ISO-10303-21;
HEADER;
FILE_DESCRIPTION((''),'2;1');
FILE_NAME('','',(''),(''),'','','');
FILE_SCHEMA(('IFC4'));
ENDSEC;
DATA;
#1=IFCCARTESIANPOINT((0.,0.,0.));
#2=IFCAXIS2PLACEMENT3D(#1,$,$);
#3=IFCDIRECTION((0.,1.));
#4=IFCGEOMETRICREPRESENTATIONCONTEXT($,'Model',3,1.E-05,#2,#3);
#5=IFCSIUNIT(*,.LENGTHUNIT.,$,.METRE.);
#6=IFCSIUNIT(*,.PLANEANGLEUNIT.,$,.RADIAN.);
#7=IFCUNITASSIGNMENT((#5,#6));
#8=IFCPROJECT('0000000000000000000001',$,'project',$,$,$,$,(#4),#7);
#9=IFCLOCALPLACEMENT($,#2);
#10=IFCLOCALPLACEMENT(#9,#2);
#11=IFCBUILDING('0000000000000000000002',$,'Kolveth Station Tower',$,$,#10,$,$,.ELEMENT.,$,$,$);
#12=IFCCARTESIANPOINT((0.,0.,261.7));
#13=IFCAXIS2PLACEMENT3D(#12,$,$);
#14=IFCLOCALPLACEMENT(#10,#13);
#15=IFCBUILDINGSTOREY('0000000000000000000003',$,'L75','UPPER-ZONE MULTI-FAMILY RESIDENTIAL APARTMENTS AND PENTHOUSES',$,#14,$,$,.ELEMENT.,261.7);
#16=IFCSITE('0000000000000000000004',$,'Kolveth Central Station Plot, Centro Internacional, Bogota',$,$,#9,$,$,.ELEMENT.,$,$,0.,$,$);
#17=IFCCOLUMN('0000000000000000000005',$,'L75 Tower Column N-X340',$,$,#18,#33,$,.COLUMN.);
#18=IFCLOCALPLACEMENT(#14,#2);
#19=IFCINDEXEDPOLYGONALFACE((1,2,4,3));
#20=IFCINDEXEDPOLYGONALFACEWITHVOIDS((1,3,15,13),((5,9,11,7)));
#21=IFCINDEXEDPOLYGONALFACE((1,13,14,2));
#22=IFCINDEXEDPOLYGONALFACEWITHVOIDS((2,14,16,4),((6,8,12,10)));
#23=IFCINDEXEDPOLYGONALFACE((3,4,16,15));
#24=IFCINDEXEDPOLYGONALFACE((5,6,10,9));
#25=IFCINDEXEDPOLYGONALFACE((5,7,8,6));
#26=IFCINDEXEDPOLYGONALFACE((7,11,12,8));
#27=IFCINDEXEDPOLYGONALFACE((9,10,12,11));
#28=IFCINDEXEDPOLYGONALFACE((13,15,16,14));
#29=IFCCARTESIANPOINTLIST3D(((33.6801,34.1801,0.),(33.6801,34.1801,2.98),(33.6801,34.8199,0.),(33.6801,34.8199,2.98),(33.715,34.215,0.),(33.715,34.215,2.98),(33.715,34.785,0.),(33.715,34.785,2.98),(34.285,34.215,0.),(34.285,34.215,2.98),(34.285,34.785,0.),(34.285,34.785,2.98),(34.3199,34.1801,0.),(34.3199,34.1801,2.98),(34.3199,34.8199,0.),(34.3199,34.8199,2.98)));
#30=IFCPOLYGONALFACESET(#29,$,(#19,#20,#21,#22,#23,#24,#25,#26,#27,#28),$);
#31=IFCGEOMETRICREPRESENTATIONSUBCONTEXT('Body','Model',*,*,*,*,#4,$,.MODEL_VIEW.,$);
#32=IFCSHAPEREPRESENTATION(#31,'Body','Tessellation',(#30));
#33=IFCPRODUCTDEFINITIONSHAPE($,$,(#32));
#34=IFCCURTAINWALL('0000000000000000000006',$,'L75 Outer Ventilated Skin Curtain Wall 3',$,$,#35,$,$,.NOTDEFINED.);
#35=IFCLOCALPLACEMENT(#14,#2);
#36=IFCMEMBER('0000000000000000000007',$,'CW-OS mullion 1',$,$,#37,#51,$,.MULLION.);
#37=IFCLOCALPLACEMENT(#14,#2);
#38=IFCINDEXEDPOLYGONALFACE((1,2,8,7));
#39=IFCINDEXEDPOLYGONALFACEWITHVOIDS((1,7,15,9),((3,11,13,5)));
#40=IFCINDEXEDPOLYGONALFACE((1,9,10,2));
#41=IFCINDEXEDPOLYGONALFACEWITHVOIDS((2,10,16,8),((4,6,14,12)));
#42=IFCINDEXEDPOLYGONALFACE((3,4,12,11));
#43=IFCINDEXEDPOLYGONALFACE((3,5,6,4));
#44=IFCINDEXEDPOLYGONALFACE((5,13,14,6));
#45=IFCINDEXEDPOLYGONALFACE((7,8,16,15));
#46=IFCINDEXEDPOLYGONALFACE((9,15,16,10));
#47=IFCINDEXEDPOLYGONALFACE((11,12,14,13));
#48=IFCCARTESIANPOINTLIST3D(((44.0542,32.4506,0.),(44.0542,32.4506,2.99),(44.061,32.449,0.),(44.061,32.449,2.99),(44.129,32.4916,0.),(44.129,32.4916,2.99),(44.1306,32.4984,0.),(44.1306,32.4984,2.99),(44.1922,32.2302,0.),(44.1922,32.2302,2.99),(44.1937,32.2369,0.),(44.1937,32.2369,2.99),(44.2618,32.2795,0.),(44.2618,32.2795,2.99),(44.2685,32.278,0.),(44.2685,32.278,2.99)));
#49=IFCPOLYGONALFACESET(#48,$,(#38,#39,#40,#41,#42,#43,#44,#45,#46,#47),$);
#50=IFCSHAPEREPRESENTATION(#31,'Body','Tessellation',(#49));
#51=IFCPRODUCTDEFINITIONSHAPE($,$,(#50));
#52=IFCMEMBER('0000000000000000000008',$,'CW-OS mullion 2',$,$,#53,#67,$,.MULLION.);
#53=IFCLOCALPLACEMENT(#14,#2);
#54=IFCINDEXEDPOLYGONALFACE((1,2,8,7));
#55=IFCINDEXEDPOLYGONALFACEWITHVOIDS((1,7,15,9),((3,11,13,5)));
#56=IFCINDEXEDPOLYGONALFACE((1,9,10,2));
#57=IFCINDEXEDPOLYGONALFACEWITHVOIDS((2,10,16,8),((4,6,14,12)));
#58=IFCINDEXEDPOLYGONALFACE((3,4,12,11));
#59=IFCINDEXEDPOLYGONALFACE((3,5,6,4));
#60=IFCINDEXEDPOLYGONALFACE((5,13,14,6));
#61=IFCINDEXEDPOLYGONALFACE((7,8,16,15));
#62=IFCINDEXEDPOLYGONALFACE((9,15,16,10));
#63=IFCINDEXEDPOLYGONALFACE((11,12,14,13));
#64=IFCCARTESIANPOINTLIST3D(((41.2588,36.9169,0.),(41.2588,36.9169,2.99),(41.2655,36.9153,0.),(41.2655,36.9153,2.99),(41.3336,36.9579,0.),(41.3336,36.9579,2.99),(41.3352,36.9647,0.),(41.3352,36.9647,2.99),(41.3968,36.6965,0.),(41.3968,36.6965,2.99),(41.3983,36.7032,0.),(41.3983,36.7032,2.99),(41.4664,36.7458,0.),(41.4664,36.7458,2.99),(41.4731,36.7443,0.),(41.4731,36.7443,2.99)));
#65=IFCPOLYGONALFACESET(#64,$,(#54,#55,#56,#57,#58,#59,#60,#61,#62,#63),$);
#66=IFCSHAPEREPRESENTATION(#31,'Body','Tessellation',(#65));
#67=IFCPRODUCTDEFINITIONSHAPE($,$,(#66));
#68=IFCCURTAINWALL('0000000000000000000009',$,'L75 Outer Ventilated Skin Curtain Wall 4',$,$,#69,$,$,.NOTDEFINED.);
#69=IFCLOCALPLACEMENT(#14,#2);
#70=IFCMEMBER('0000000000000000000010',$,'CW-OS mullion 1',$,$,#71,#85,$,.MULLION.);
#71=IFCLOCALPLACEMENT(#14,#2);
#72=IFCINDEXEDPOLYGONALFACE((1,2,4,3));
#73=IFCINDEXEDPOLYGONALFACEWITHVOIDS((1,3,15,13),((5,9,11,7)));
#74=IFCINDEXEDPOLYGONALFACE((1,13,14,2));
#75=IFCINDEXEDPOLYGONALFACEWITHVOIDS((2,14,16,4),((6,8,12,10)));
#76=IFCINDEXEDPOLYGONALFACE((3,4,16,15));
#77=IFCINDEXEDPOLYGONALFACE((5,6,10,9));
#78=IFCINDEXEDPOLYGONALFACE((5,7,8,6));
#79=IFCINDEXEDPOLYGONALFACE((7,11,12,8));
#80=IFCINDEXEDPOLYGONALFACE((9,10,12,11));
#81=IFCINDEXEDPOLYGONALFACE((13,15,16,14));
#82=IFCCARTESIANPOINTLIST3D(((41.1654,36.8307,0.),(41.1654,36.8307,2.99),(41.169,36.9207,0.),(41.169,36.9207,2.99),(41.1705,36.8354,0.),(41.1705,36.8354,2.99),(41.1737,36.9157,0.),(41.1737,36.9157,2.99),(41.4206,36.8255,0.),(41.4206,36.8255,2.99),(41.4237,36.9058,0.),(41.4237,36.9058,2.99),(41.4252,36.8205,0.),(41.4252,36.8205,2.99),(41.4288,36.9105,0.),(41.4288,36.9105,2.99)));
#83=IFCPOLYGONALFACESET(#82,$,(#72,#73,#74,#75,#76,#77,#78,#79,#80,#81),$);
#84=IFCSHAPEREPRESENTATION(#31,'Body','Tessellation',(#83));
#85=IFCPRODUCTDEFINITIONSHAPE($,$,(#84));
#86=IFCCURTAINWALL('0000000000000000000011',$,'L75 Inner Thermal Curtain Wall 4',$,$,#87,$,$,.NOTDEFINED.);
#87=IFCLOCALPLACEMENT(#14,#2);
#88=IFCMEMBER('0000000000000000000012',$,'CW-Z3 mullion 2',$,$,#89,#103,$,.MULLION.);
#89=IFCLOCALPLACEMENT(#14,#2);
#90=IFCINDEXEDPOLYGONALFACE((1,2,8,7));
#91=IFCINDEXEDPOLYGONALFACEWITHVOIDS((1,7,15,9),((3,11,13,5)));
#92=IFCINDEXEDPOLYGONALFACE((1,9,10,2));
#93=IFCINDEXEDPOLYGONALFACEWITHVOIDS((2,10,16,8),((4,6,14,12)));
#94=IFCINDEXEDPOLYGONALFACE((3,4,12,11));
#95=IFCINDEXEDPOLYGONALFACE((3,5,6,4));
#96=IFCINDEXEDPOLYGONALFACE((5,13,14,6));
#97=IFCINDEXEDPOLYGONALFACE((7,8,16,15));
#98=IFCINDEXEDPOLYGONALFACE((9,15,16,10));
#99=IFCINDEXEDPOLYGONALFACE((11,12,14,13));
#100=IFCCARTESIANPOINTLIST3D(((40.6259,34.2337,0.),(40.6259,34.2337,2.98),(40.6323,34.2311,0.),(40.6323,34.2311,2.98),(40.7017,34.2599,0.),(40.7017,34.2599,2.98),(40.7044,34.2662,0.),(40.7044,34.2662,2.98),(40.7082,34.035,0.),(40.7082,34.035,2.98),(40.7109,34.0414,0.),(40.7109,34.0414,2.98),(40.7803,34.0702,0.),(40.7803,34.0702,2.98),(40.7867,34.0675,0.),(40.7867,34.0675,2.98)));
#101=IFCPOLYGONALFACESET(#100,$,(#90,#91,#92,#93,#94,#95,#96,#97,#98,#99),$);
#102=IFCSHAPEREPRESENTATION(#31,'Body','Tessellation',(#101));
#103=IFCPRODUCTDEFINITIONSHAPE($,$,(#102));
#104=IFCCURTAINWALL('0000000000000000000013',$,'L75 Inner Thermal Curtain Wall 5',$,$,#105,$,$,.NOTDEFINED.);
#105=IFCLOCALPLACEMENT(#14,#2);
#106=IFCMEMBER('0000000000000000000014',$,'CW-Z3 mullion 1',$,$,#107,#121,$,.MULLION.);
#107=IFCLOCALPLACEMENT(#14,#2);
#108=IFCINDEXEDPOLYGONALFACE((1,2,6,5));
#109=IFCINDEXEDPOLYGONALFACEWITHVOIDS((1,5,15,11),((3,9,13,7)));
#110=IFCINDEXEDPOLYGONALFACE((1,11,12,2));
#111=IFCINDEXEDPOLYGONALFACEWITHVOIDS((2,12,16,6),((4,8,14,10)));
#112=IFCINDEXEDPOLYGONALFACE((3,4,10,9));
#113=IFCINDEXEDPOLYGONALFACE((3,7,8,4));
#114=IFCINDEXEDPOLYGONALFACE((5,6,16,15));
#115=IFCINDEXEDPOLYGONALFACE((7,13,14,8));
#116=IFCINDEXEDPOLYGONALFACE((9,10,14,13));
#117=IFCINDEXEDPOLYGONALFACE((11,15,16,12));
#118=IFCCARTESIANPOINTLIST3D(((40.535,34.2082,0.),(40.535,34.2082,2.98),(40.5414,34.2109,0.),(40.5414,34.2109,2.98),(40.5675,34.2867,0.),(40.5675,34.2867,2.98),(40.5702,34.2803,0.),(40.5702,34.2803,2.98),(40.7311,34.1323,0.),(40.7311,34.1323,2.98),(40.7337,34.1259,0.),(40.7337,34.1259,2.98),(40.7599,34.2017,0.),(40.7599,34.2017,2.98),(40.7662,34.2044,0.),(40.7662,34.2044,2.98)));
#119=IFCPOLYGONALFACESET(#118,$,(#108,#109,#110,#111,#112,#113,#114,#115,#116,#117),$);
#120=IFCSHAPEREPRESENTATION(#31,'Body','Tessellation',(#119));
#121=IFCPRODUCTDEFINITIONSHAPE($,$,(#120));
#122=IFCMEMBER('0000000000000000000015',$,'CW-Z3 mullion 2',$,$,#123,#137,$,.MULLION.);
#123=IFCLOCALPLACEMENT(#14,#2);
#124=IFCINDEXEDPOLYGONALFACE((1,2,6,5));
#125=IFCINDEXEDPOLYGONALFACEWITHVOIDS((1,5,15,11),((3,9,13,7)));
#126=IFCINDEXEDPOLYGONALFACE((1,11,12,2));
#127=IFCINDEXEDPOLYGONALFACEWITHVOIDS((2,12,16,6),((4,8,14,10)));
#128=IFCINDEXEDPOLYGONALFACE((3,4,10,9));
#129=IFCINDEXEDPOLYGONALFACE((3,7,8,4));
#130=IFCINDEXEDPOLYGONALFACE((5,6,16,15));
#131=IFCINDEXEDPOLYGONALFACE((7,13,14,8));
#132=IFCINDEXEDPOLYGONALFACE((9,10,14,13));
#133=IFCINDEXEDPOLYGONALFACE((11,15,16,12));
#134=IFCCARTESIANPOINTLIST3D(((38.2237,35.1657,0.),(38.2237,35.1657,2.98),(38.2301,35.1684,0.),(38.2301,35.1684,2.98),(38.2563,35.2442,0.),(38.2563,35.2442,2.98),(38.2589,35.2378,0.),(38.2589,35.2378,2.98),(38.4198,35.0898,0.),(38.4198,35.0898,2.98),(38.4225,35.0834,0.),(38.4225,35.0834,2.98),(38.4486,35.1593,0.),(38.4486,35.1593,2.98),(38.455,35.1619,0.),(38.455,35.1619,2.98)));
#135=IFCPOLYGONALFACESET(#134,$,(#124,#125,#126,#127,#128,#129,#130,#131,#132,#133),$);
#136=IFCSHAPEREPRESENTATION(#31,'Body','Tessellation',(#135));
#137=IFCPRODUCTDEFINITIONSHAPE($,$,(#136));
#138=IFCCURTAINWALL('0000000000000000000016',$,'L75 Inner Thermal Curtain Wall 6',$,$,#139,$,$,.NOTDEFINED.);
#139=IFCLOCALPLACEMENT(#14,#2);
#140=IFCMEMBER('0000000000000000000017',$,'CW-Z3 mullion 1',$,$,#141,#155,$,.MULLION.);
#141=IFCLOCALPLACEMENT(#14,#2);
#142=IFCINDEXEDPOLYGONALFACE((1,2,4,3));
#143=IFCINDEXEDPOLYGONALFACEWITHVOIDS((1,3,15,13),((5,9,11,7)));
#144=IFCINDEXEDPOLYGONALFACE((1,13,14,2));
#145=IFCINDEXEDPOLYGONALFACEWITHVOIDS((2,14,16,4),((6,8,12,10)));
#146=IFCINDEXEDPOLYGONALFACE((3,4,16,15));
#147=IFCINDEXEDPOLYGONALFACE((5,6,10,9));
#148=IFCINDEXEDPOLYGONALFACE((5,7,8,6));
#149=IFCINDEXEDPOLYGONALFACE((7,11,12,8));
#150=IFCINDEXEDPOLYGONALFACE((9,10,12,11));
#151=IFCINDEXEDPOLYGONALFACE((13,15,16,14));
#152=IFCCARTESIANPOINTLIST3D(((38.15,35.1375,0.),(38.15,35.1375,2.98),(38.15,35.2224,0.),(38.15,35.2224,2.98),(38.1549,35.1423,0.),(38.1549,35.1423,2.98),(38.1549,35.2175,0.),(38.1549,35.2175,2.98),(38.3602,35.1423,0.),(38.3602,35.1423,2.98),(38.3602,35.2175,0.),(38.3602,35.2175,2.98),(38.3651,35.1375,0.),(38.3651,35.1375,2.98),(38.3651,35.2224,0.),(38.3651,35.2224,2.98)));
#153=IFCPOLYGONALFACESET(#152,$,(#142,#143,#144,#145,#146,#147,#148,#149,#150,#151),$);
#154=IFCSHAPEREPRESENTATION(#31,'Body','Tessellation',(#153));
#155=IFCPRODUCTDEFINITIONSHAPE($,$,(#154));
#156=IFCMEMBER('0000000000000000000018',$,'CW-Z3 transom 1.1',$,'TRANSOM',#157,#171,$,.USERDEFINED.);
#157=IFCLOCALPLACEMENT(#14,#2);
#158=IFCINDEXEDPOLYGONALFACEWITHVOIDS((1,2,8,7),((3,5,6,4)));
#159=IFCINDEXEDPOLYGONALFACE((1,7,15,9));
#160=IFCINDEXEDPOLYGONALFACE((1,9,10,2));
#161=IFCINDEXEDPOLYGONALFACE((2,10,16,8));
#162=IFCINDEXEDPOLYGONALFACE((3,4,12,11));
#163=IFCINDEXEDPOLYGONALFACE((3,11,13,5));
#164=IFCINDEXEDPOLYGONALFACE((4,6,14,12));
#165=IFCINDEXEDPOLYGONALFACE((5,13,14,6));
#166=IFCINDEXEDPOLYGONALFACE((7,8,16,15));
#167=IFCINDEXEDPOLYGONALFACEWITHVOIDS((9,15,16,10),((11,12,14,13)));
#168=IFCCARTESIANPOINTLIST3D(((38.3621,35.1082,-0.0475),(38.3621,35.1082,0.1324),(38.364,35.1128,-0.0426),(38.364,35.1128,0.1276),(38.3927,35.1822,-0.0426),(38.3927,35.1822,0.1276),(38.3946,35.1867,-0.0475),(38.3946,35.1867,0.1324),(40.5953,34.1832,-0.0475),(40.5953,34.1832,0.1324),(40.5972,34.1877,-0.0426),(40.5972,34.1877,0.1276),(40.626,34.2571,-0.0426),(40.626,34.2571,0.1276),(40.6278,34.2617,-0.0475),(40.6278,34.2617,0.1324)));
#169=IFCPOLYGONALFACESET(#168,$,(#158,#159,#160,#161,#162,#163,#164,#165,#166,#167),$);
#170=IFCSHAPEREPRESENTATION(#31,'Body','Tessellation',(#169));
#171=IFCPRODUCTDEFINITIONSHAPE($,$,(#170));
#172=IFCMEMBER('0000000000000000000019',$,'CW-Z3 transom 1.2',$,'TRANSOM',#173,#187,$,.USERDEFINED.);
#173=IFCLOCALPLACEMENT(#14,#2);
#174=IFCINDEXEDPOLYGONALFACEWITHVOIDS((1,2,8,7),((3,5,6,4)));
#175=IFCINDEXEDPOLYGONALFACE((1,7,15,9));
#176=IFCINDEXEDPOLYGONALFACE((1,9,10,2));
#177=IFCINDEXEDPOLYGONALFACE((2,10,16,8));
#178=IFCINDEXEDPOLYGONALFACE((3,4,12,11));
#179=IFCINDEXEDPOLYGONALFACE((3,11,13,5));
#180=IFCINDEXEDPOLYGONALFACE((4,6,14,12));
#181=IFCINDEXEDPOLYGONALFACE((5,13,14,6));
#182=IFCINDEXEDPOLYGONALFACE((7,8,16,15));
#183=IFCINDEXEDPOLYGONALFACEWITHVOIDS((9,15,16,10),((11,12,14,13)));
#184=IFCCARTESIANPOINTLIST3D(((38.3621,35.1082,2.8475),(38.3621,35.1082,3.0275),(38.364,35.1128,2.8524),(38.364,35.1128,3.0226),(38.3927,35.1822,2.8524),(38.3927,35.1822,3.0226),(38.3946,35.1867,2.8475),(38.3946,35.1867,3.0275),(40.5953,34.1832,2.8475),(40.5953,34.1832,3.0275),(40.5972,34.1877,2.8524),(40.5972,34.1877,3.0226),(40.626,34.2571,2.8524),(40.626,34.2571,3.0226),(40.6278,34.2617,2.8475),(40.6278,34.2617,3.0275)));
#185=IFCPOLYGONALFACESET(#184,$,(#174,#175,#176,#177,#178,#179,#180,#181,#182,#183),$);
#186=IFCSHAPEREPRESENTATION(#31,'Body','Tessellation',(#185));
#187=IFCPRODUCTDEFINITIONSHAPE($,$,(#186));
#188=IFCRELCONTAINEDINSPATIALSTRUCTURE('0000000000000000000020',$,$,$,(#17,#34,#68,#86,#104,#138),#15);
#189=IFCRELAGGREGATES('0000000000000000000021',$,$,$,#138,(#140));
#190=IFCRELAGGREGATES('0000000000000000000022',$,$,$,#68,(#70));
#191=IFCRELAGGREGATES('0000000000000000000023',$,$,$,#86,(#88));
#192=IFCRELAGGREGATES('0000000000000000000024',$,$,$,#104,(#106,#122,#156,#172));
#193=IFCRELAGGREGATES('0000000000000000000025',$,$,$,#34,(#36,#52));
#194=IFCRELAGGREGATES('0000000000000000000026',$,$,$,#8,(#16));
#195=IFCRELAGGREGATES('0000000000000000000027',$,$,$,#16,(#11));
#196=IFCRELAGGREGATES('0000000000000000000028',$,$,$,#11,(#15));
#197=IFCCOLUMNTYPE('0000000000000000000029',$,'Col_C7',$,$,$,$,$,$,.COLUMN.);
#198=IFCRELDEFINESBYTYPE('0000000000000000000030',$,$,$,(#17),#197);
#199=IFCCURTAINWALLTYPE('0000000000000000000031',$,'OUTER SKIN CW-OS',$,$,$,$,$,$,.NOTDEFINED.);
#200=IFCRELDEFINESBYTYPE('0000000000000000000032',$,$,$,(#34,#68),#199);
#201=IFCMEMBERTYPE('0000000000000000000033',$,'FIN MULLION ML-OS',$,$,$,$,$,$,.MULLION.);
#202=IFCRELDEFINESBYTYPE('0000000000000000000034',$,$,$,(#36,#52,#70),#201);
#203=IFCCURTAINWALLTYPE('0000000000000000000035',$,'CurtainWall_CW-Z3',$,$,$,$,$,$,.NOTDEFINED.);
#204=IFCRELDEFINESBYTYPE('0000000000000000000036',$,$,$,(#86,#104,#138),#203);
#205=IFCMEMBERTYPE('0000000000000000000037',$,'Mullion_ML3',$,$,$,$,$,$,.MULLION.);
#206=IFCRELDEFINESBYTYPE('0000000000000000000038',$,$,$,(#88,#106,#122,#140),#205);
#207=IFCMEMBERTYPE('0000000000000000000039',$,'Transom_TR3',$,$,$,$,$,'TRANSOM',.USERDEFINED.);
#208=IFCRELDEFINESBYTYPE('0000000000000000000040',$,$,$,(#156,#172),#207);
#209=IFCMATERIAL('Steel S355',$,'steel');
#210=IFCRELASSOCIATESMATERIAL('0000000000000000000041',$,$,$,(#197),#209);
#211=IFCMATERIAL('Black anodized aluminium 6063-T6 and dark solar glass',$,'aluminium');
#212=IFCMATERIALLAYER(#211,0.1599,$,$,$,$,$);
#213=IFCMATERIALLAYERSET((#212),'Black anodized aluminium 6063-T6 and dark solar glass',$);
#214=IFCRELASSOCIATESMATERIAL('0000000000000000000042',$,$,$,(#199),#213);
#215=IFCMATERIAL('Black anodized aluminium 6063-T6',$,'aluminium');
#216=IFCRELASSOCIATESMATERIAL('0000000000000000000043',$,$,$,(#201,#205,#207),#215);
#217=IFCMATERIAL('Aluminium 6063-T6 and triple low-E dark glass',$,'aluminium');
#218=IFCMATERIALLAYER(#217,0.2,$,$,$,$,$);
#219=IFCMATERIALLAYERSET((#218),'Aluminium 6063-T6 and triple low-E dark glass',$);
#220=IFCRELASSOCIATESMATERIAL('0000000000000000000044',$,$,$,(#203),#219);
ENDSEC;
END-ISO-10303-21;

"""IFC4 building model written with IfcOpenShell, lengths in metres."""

from ifc_helpers import new_model, si_unit, direction, frame, origin, origin_2d, place, context, subcontext, project, spatial, hollow_rectangle, extrude, source, transform, mapped, material, layer, layer_set, material_profile, profile_set, type_object, element, aggregate, save


model = new_model("IFC4")

# Units and contexts
model_context = context("Model", 3, precision=1e-05, world=origin(), true_north=direction((0.0, 1.0)))
body_context = subcontext(model_context, "Body", "Model", "MODEL_VIEW")
ifc_project = project(units=[si_unit("LENGTHUNIT", "METRE"), si_unit("PLANEANGLEUNIT", "RADIAN")], contexts=[model_context])

# Site, building, storey
site_placement = place(None, origin())
site = spatial("IfcSite", under=ifc_project, at=site_placement, Name="Kolveth Central Station Plot, Centro Internacional, Bogota", CompositionType="ELEMENT", RefElevation=0.0)
building_placement = place(site_placement, origin())
building = spatial("IfcBuilding", under=site, at=building_placement, Name="Kolveth Station Tower", CompositionType="ELEMENT")
storey_placement = place(building_placement, frame((0.0, 0.0, 261.7)))
storey = spatial("IfcBuildingStorey", under=building, at=storey_placement, Name="L75", Description="UPPER-ZONE MULTI-FAMILY RESIDENTIAL APARTMENTS AND PENTHOUSES", CompositionType="ELEMENT", Elevation=261.7)

# Column
ifc_material_1 = material(Name="Steel S355", Category="steel")
ifc_material_profile_1 = material_profile(ifc_material_1, hollow_rectangle(XDim=0.6399, YDim=0.6399, WallThickness=0.0349, at=origin_2d()), Name="BOX640x640x35")
ifc_profile_set_1 = profile_set([ifc_material_profile_1], Name="Steel S355")
column_type = type_object("IfcColumnType", Name="Col_C7", PredefinedType="COLUMN", material=ifc_profile_set_1)
shared_shape_1 = source(origin(), body_context, "Body", "SweptSolid", [
    extrude(hollow_rectangle(XDim=0.6399, YDim=0.6399, WallThickness=0.0349, at=origin_2d()), origin(), (0.0, 0.0, 1.0), 2.98),
])
column_placement = place(storey_placement, frame((34.0, 34.5, 0.0), z_axis=(0.0, 0.0, 1.0), x_axis=(1.0, 0.0, 0.0)))
element("IfcColumn", 1, at=column_placement, inside=storey, type_object=column_type, Name="L75 Tower Column N-X340", PredefinedType="COLUMN", context=body_context, shape_type="MappedRepresentation", body=[
    mapped(shared_shape_1, transform((0.0, 0.0, 0.0), x_axis=(1.0, 0.0, 0.0), y_axis=(0.0, 1.0, 0.0), z_axis=(0.0, 0.0, 1.0), scale=1.0)),
])

# Curtain wall, members
ifc_material_2 = material(Name="Black anodized aluminium 6063-T6 and dark solar glass", Category="aluminium")
ifc_layer_1 = layer(ifc_material_2, 0.1599)
ifc_layer_set_1 = layer_set([ifc_layer_1], Name="Black anodized aluminium 6063-T6 and dark solar glass")
curtain_wall_type_1 = type_object("IfcCurtainWallType", Name="OUTER SKIN CW-OS", PredefinedType="NOTDEFINED", material=ifc_layer_set_1)
curtain_wall_1_placement = place(storey_placement, origin())
curtain_wall_1 = element("IfcCurtainWall", 2, at=curtain_wall_1_placement, inside=storey, type_object=curtain_wall_type_1, Name="L75 Outer Ventilated Skin Curtain Wall 3", PredefinedType="NOTDEFINED")
ifc_material_3 = material(Name="Black anodized aluminium 6063-T6", Category="aluminium")
ifc_material_profile_2 = material_profile(ifc_material_3, hollow_rectangle(XDim=0.0901, YDim=0.26, WallThickness=0.0049, at=origin_2d()), Name="ALU-90x260x5")
ifc_profile_set_2 = profile_set([ifc_material_profile_2], Name="Black anodized aluminium 6063-T6")
member_type_1 = type_object("IfcMemberType", Name="FIN MULLION ML-OS", PredefinedType="MULLION", material=ifc_profile_set_2)
shared_shape_2 = source(origin(), body_context, "Body", "SweptSolid", [
    extrude(hollow_rectangle(XDim=0.0901, YDim=0.26, WallThickness=0.0049, at=origin_2d()), origin(), (0.0, 0.0, 1.0), 2.99),
])
member_1_placement = place(storey_placement, frame((44.1614, 32.3643, 0.0), z_axis=(0.0, 0.0, 1.0), x_axis=(-0.84767, -0.530524, 0.0)))
member_1 = element("IfcMember", 3, at=member_1_placement, type_object=member_type_1, Name="CW-OS mullion 1", PredefinedType="MULLION", context=body_context, shape_type="MappedRepresentation", body=[
    mapped(shared_shape_2, transform((0.0, 0.0, 0.0), x_axis=(1.0, 0.0, 0.0), y_axis=(0.0, 1.0, 0.0), z_axis=(0.0, 0.0, 1.0), scale=1.0)),
])
member_2_placement = place(storey_placement, frame((41.366, 36.8306, 0.0), z_axis=(0.0, 0.0, 1.0), x_axis=(-0.84767, -0.530524, 0.0)))
member_2 = element("IfcMember", 4, at=member_2_placement, type_object=member_type_1, Name="CW-OS mullion 2", PredefinedType="MULLION", context=body_context, shape_type="MappedRepresentation", body=[
    mapped(shared_shape_2, transform((0.0, 0.0, 0.0), x_axis=(1.0, 0.0, 0.0), y_axis=(0.0, 1.0, 0.0), z_axis=(0.0, 0.0, 1.0), scale=1.0)),
])

# Curtain walls, members
curtain_wall_2_placement = place(storey_placement, origin())
curtain_wall_2 = element("IfcCurtainWall", 5, at=curtain_wall_2_placement, inside=storey, type_object=curtain_wall_type_1, Name="L75 Outer Ventilated Skin Curtain Wall 4", PredefinedType="NOTDEFINED")
member_3_placement = place(storey_placement, frame((41.2971, 36.8706, 0.0), z_axis=(0.0, 0.0, 1.0), x_axis=(-0.039408, -0.999223, 0.0)))
member_3 = element("IfcMember", 6, at=member_3_placement, type_object=member_type_1, Name="CW-OS mullion 1", PredefinedType="MULLION", context=body_context, shape_type="MappedRepresentation", body=[
    mapped(shared_shape_2, transform((0.0, 0.0, 0.0), x_axis=(1.0, 0.0, 0.0), y_axis=(0.0, 1.0, 0.0), z_axis=(0.0, 0.0, 1.0), scale=1.0)),
])
ifc_material_4 = material(Name="Aluminium 6063-T6 and triple low-E dark glass", Category="aluminium")
ifc_layer_2 = layer(ifc_material_4, 0.2)
ifc_layer_set_2 = layer_set([ifc_layer_2], Name="Aluminium 6063-T6 and triple low-E dark glass")
curtain_wall_type_2 = type_object("IfcCurtainWallType", Name="CurtainWall_CW-Z3", PredefinedType="NOTDEFINED", material=ifc_layer_set_2)
curtain_wall_3_placement = place(storey_placement, origin())
curtain_wall_3 = element("IfcCurtainWall", 7, at=curtain_wall_3_placement, inside=storey, type_object=curtain_wall_type_2, Name="L75 Inner Thermal Curtain Wall 4", PredefinedType="NOTDEFINED")
ifc_material_profile_3 = material_profile(ifc_material_3, hollow_rectangle(XDim=0.085, YDim=0.2151, WallThickness=0.0049, at=origin_2d()), Name="ALU-85x215x5")
ifc_profile_set_3 = profile_set([ifc_material_profile_3], Name="Black anodized aluminium 6063-T6")
member_type_2 = type_object("IfcMemberType", Name="Mullion_ML3", PredefinedType="MULLION", material=ifc_profile_set_3)
shared_shape_3 = source(origin(), body_context, "Body", "SweptSolid", [
    extrude(hollow_rectangle(XDim=0.085, YDim=0.2151, WallThickness=0.0049, at=origin_2d()), origin(), (0.0, 0.0, 1.0), 2.98),
])
member_4_placement = place(storey_placement, frame((40.7063, 34.1506, 0.0), z_axis=(0.0, 0.0, 1.0), x_axis=(-0.923875, -0.382693, 0.0)))
member_4 = element("IfcMember", 8, at=member_4_placement, type_object=member_type_2, Name="CW-Z3 mullion 2", PredefinedType="MULLION", context=body_context, shape_type="MappedRepresentation", body=[
    mapped(shared_shape_3, transform((0.0, 0.0, 0.0), x_axis=(1.0, 0.0, 0.0), y_axis=(0.0, 1.0, 0.0), z_axis=(0.0, 0.0, 1.0), scale=1.0)),
])

# Curtain wall, members
curtain_wall_4_placement = place(storey_placement, origin())
curtain_wall_4 = element("IfcCurtainWall", 9, at=curtain_wall_4_placement, inside=storey, type_object=curtain_wall_type_2, Name="L75 Inner Thermal Curtain Wall 5", PredefinedType="NOTDEFINED")
member_5_placement = place(storey_placement, frame((40.6506, 34.2063, 0.0), z_axis=(0.0, 0.0, 1.0), x_axis=(-0.382693, -0.923875, 0.0)))
member_5 = element("IfcMember", 10, at=member_5_placement, type_object=member_type_2, Name="CW-Z3 mullion 1", PredefinedType="MULLION", context=body_context, shape_type="MappedRepresentation", body=[
    mapped(shared_shape_3, transform((0.0, 0.0, 0.0), x_axis=(1.0, 0.0, 0.0), y_axis=(0.0, 1.0, 0.0), z_axis=(0.0, 0.0, 1.0), scale=1.0)),
])
member_6_placement = place(storey_placement, frame((38.3394, 35.1638, 0.0), z_axis=(0.0, 0.0, 1.0), x_axis=(-0.382693, -0.923875, 0.0)))
member_6 = element("IfcMember", 11, at=member_6_placement, type_object=member_type_2, Name="CW-Z3 mullion 2", PredefinedType="MULLION", context=body_context, shape_type="MappedRepresentation", body=[
    mapped(shared_shape_3, transform((0.0, 0.0, 0.0), x_axis=(1.0, 0.0, 0.0), y_axis=(0.0, 1.0, 0.0), z_axis=(0.0, 0.0, 1.0), scale=1.0)),
])

# Curtain wall, member
curtain_wall_5_placement = place(storey_placement, origin())
curtain_wall_5 = element("IfcCurtainWall", 12, at=curtain_wall_5_placement, inside=storey, type_object=curtain_wall_type_2, Name="L75 Inner Thermal Curtain Wall 6", PredefinedType="NOTDEFINED")
member_7_placement = place(storey_placement, frame((38.2576, 35.1799, 0.0), z_axis=(0.0, 0.0, 1.0), x_axis=(0.0, -1.0, 0.0)))
member_7 = element("IfcMember", 13, at=member_7_placement, type_object=member_type_2, Name="CW-Z3 mullion 1", PredefinedType="MULLION", context=body_context, shape_type="MappedRepresentation", body=[
    mapped(shared_shape_3, transform((0.0, 0.0, 0.0), x_axis=(1.0, 0.0, 0.0), y_axis=(0.0, 1.0, 0.0), z_axis=(0.0, 0.0, 1.0), scale=1.0)),
])

# Members
ifc_material_profile_4 = material_profile(ifc_material_3, hollow_rectangle(XDim=0.085, YDim=0.1799, WallThickness=0.0049, at=origin_2d()), Name="ALU-85x180x5")
ifc_profile_set_4 = profile_set([ifc_material_profile_4], Name="Black anodized aluminium 6063-T6")
member_type_3 = type_object("IfcMemberType", Name="Transom_TR3", ElementType="TRANSOM", PredefinedType="USERDEFINED", material=ifc_profile_set_4)
shared_shape_4 = source(origin(), body_context, "Body", "SweptSolid", [
    extrude(hollow_rectangle(XDim=0.085, YDim=0.1799, WallThickness=0.0049, at=origin_2d()), origin(), (0.0, 0.0, 1.0), 2.4172),
])
member_8_placement = place(storey_placement, frame((40.6116, 34.2224, 0.0425), z_axis=(-0.923873, 0.3827, 0.0), x_axis=(-0.3827, -0.923873, 0.0)))
member_8 = element("IfcMember", 14, at=member_8_placement, type_object=member_type_3, Name="CW-Z3 transom 1.1", ObjectType="TRANSOM", PredefinedType="USERDEFINED", context=body_context, shape_type="MappedRepresentation", body=[
    mapped(shared_shape_4, transform((0.0, 0.0, 0.0), x_axis=(1.0, 0.0, 0.0), y_axis=(0.0, 1.0, 0.0), z_axis=(0.0, 0.0, 1.0), scale=1.0)),
])
member_9_placement = place(storey_placement, frame((40.6116, 34.2224, 2.9375), z_axis=(-0.923873, 0.3827, 0.0), x_axis=(-0.3827, -0.923873, 0.0)))
member_9 = element("IfcMember", 15, at=member_9_placement, type_object=member_type_3, Name="CW-Z3 transom 1.2", ObjectType="TRANSOM", PredefinedType="USERDEFINED", context=body_context, shape_type="MappedRepresentation", body=[
    mapped(shared_shape_4, transform((0.0, 0.0, 0.0), x_axis=(1.0, 0.0, 0.0), y_axis=(0.0, 1.0, 0.0), z_axis=(0.0, 0.0, 1.0), scale=1.0)),
])
aggregate(curtain_wall_5, [member_7])
aggregate(curtain_wall_2, [member_3])

aggregate(curtain_wall_3, [member_4])
aggregate(curtain_wall_4, [member_5, member_6, member_8, member_9])
aggregate(curtain_wall_1, [member_1, member_2])

save(model, "model.ifc")
